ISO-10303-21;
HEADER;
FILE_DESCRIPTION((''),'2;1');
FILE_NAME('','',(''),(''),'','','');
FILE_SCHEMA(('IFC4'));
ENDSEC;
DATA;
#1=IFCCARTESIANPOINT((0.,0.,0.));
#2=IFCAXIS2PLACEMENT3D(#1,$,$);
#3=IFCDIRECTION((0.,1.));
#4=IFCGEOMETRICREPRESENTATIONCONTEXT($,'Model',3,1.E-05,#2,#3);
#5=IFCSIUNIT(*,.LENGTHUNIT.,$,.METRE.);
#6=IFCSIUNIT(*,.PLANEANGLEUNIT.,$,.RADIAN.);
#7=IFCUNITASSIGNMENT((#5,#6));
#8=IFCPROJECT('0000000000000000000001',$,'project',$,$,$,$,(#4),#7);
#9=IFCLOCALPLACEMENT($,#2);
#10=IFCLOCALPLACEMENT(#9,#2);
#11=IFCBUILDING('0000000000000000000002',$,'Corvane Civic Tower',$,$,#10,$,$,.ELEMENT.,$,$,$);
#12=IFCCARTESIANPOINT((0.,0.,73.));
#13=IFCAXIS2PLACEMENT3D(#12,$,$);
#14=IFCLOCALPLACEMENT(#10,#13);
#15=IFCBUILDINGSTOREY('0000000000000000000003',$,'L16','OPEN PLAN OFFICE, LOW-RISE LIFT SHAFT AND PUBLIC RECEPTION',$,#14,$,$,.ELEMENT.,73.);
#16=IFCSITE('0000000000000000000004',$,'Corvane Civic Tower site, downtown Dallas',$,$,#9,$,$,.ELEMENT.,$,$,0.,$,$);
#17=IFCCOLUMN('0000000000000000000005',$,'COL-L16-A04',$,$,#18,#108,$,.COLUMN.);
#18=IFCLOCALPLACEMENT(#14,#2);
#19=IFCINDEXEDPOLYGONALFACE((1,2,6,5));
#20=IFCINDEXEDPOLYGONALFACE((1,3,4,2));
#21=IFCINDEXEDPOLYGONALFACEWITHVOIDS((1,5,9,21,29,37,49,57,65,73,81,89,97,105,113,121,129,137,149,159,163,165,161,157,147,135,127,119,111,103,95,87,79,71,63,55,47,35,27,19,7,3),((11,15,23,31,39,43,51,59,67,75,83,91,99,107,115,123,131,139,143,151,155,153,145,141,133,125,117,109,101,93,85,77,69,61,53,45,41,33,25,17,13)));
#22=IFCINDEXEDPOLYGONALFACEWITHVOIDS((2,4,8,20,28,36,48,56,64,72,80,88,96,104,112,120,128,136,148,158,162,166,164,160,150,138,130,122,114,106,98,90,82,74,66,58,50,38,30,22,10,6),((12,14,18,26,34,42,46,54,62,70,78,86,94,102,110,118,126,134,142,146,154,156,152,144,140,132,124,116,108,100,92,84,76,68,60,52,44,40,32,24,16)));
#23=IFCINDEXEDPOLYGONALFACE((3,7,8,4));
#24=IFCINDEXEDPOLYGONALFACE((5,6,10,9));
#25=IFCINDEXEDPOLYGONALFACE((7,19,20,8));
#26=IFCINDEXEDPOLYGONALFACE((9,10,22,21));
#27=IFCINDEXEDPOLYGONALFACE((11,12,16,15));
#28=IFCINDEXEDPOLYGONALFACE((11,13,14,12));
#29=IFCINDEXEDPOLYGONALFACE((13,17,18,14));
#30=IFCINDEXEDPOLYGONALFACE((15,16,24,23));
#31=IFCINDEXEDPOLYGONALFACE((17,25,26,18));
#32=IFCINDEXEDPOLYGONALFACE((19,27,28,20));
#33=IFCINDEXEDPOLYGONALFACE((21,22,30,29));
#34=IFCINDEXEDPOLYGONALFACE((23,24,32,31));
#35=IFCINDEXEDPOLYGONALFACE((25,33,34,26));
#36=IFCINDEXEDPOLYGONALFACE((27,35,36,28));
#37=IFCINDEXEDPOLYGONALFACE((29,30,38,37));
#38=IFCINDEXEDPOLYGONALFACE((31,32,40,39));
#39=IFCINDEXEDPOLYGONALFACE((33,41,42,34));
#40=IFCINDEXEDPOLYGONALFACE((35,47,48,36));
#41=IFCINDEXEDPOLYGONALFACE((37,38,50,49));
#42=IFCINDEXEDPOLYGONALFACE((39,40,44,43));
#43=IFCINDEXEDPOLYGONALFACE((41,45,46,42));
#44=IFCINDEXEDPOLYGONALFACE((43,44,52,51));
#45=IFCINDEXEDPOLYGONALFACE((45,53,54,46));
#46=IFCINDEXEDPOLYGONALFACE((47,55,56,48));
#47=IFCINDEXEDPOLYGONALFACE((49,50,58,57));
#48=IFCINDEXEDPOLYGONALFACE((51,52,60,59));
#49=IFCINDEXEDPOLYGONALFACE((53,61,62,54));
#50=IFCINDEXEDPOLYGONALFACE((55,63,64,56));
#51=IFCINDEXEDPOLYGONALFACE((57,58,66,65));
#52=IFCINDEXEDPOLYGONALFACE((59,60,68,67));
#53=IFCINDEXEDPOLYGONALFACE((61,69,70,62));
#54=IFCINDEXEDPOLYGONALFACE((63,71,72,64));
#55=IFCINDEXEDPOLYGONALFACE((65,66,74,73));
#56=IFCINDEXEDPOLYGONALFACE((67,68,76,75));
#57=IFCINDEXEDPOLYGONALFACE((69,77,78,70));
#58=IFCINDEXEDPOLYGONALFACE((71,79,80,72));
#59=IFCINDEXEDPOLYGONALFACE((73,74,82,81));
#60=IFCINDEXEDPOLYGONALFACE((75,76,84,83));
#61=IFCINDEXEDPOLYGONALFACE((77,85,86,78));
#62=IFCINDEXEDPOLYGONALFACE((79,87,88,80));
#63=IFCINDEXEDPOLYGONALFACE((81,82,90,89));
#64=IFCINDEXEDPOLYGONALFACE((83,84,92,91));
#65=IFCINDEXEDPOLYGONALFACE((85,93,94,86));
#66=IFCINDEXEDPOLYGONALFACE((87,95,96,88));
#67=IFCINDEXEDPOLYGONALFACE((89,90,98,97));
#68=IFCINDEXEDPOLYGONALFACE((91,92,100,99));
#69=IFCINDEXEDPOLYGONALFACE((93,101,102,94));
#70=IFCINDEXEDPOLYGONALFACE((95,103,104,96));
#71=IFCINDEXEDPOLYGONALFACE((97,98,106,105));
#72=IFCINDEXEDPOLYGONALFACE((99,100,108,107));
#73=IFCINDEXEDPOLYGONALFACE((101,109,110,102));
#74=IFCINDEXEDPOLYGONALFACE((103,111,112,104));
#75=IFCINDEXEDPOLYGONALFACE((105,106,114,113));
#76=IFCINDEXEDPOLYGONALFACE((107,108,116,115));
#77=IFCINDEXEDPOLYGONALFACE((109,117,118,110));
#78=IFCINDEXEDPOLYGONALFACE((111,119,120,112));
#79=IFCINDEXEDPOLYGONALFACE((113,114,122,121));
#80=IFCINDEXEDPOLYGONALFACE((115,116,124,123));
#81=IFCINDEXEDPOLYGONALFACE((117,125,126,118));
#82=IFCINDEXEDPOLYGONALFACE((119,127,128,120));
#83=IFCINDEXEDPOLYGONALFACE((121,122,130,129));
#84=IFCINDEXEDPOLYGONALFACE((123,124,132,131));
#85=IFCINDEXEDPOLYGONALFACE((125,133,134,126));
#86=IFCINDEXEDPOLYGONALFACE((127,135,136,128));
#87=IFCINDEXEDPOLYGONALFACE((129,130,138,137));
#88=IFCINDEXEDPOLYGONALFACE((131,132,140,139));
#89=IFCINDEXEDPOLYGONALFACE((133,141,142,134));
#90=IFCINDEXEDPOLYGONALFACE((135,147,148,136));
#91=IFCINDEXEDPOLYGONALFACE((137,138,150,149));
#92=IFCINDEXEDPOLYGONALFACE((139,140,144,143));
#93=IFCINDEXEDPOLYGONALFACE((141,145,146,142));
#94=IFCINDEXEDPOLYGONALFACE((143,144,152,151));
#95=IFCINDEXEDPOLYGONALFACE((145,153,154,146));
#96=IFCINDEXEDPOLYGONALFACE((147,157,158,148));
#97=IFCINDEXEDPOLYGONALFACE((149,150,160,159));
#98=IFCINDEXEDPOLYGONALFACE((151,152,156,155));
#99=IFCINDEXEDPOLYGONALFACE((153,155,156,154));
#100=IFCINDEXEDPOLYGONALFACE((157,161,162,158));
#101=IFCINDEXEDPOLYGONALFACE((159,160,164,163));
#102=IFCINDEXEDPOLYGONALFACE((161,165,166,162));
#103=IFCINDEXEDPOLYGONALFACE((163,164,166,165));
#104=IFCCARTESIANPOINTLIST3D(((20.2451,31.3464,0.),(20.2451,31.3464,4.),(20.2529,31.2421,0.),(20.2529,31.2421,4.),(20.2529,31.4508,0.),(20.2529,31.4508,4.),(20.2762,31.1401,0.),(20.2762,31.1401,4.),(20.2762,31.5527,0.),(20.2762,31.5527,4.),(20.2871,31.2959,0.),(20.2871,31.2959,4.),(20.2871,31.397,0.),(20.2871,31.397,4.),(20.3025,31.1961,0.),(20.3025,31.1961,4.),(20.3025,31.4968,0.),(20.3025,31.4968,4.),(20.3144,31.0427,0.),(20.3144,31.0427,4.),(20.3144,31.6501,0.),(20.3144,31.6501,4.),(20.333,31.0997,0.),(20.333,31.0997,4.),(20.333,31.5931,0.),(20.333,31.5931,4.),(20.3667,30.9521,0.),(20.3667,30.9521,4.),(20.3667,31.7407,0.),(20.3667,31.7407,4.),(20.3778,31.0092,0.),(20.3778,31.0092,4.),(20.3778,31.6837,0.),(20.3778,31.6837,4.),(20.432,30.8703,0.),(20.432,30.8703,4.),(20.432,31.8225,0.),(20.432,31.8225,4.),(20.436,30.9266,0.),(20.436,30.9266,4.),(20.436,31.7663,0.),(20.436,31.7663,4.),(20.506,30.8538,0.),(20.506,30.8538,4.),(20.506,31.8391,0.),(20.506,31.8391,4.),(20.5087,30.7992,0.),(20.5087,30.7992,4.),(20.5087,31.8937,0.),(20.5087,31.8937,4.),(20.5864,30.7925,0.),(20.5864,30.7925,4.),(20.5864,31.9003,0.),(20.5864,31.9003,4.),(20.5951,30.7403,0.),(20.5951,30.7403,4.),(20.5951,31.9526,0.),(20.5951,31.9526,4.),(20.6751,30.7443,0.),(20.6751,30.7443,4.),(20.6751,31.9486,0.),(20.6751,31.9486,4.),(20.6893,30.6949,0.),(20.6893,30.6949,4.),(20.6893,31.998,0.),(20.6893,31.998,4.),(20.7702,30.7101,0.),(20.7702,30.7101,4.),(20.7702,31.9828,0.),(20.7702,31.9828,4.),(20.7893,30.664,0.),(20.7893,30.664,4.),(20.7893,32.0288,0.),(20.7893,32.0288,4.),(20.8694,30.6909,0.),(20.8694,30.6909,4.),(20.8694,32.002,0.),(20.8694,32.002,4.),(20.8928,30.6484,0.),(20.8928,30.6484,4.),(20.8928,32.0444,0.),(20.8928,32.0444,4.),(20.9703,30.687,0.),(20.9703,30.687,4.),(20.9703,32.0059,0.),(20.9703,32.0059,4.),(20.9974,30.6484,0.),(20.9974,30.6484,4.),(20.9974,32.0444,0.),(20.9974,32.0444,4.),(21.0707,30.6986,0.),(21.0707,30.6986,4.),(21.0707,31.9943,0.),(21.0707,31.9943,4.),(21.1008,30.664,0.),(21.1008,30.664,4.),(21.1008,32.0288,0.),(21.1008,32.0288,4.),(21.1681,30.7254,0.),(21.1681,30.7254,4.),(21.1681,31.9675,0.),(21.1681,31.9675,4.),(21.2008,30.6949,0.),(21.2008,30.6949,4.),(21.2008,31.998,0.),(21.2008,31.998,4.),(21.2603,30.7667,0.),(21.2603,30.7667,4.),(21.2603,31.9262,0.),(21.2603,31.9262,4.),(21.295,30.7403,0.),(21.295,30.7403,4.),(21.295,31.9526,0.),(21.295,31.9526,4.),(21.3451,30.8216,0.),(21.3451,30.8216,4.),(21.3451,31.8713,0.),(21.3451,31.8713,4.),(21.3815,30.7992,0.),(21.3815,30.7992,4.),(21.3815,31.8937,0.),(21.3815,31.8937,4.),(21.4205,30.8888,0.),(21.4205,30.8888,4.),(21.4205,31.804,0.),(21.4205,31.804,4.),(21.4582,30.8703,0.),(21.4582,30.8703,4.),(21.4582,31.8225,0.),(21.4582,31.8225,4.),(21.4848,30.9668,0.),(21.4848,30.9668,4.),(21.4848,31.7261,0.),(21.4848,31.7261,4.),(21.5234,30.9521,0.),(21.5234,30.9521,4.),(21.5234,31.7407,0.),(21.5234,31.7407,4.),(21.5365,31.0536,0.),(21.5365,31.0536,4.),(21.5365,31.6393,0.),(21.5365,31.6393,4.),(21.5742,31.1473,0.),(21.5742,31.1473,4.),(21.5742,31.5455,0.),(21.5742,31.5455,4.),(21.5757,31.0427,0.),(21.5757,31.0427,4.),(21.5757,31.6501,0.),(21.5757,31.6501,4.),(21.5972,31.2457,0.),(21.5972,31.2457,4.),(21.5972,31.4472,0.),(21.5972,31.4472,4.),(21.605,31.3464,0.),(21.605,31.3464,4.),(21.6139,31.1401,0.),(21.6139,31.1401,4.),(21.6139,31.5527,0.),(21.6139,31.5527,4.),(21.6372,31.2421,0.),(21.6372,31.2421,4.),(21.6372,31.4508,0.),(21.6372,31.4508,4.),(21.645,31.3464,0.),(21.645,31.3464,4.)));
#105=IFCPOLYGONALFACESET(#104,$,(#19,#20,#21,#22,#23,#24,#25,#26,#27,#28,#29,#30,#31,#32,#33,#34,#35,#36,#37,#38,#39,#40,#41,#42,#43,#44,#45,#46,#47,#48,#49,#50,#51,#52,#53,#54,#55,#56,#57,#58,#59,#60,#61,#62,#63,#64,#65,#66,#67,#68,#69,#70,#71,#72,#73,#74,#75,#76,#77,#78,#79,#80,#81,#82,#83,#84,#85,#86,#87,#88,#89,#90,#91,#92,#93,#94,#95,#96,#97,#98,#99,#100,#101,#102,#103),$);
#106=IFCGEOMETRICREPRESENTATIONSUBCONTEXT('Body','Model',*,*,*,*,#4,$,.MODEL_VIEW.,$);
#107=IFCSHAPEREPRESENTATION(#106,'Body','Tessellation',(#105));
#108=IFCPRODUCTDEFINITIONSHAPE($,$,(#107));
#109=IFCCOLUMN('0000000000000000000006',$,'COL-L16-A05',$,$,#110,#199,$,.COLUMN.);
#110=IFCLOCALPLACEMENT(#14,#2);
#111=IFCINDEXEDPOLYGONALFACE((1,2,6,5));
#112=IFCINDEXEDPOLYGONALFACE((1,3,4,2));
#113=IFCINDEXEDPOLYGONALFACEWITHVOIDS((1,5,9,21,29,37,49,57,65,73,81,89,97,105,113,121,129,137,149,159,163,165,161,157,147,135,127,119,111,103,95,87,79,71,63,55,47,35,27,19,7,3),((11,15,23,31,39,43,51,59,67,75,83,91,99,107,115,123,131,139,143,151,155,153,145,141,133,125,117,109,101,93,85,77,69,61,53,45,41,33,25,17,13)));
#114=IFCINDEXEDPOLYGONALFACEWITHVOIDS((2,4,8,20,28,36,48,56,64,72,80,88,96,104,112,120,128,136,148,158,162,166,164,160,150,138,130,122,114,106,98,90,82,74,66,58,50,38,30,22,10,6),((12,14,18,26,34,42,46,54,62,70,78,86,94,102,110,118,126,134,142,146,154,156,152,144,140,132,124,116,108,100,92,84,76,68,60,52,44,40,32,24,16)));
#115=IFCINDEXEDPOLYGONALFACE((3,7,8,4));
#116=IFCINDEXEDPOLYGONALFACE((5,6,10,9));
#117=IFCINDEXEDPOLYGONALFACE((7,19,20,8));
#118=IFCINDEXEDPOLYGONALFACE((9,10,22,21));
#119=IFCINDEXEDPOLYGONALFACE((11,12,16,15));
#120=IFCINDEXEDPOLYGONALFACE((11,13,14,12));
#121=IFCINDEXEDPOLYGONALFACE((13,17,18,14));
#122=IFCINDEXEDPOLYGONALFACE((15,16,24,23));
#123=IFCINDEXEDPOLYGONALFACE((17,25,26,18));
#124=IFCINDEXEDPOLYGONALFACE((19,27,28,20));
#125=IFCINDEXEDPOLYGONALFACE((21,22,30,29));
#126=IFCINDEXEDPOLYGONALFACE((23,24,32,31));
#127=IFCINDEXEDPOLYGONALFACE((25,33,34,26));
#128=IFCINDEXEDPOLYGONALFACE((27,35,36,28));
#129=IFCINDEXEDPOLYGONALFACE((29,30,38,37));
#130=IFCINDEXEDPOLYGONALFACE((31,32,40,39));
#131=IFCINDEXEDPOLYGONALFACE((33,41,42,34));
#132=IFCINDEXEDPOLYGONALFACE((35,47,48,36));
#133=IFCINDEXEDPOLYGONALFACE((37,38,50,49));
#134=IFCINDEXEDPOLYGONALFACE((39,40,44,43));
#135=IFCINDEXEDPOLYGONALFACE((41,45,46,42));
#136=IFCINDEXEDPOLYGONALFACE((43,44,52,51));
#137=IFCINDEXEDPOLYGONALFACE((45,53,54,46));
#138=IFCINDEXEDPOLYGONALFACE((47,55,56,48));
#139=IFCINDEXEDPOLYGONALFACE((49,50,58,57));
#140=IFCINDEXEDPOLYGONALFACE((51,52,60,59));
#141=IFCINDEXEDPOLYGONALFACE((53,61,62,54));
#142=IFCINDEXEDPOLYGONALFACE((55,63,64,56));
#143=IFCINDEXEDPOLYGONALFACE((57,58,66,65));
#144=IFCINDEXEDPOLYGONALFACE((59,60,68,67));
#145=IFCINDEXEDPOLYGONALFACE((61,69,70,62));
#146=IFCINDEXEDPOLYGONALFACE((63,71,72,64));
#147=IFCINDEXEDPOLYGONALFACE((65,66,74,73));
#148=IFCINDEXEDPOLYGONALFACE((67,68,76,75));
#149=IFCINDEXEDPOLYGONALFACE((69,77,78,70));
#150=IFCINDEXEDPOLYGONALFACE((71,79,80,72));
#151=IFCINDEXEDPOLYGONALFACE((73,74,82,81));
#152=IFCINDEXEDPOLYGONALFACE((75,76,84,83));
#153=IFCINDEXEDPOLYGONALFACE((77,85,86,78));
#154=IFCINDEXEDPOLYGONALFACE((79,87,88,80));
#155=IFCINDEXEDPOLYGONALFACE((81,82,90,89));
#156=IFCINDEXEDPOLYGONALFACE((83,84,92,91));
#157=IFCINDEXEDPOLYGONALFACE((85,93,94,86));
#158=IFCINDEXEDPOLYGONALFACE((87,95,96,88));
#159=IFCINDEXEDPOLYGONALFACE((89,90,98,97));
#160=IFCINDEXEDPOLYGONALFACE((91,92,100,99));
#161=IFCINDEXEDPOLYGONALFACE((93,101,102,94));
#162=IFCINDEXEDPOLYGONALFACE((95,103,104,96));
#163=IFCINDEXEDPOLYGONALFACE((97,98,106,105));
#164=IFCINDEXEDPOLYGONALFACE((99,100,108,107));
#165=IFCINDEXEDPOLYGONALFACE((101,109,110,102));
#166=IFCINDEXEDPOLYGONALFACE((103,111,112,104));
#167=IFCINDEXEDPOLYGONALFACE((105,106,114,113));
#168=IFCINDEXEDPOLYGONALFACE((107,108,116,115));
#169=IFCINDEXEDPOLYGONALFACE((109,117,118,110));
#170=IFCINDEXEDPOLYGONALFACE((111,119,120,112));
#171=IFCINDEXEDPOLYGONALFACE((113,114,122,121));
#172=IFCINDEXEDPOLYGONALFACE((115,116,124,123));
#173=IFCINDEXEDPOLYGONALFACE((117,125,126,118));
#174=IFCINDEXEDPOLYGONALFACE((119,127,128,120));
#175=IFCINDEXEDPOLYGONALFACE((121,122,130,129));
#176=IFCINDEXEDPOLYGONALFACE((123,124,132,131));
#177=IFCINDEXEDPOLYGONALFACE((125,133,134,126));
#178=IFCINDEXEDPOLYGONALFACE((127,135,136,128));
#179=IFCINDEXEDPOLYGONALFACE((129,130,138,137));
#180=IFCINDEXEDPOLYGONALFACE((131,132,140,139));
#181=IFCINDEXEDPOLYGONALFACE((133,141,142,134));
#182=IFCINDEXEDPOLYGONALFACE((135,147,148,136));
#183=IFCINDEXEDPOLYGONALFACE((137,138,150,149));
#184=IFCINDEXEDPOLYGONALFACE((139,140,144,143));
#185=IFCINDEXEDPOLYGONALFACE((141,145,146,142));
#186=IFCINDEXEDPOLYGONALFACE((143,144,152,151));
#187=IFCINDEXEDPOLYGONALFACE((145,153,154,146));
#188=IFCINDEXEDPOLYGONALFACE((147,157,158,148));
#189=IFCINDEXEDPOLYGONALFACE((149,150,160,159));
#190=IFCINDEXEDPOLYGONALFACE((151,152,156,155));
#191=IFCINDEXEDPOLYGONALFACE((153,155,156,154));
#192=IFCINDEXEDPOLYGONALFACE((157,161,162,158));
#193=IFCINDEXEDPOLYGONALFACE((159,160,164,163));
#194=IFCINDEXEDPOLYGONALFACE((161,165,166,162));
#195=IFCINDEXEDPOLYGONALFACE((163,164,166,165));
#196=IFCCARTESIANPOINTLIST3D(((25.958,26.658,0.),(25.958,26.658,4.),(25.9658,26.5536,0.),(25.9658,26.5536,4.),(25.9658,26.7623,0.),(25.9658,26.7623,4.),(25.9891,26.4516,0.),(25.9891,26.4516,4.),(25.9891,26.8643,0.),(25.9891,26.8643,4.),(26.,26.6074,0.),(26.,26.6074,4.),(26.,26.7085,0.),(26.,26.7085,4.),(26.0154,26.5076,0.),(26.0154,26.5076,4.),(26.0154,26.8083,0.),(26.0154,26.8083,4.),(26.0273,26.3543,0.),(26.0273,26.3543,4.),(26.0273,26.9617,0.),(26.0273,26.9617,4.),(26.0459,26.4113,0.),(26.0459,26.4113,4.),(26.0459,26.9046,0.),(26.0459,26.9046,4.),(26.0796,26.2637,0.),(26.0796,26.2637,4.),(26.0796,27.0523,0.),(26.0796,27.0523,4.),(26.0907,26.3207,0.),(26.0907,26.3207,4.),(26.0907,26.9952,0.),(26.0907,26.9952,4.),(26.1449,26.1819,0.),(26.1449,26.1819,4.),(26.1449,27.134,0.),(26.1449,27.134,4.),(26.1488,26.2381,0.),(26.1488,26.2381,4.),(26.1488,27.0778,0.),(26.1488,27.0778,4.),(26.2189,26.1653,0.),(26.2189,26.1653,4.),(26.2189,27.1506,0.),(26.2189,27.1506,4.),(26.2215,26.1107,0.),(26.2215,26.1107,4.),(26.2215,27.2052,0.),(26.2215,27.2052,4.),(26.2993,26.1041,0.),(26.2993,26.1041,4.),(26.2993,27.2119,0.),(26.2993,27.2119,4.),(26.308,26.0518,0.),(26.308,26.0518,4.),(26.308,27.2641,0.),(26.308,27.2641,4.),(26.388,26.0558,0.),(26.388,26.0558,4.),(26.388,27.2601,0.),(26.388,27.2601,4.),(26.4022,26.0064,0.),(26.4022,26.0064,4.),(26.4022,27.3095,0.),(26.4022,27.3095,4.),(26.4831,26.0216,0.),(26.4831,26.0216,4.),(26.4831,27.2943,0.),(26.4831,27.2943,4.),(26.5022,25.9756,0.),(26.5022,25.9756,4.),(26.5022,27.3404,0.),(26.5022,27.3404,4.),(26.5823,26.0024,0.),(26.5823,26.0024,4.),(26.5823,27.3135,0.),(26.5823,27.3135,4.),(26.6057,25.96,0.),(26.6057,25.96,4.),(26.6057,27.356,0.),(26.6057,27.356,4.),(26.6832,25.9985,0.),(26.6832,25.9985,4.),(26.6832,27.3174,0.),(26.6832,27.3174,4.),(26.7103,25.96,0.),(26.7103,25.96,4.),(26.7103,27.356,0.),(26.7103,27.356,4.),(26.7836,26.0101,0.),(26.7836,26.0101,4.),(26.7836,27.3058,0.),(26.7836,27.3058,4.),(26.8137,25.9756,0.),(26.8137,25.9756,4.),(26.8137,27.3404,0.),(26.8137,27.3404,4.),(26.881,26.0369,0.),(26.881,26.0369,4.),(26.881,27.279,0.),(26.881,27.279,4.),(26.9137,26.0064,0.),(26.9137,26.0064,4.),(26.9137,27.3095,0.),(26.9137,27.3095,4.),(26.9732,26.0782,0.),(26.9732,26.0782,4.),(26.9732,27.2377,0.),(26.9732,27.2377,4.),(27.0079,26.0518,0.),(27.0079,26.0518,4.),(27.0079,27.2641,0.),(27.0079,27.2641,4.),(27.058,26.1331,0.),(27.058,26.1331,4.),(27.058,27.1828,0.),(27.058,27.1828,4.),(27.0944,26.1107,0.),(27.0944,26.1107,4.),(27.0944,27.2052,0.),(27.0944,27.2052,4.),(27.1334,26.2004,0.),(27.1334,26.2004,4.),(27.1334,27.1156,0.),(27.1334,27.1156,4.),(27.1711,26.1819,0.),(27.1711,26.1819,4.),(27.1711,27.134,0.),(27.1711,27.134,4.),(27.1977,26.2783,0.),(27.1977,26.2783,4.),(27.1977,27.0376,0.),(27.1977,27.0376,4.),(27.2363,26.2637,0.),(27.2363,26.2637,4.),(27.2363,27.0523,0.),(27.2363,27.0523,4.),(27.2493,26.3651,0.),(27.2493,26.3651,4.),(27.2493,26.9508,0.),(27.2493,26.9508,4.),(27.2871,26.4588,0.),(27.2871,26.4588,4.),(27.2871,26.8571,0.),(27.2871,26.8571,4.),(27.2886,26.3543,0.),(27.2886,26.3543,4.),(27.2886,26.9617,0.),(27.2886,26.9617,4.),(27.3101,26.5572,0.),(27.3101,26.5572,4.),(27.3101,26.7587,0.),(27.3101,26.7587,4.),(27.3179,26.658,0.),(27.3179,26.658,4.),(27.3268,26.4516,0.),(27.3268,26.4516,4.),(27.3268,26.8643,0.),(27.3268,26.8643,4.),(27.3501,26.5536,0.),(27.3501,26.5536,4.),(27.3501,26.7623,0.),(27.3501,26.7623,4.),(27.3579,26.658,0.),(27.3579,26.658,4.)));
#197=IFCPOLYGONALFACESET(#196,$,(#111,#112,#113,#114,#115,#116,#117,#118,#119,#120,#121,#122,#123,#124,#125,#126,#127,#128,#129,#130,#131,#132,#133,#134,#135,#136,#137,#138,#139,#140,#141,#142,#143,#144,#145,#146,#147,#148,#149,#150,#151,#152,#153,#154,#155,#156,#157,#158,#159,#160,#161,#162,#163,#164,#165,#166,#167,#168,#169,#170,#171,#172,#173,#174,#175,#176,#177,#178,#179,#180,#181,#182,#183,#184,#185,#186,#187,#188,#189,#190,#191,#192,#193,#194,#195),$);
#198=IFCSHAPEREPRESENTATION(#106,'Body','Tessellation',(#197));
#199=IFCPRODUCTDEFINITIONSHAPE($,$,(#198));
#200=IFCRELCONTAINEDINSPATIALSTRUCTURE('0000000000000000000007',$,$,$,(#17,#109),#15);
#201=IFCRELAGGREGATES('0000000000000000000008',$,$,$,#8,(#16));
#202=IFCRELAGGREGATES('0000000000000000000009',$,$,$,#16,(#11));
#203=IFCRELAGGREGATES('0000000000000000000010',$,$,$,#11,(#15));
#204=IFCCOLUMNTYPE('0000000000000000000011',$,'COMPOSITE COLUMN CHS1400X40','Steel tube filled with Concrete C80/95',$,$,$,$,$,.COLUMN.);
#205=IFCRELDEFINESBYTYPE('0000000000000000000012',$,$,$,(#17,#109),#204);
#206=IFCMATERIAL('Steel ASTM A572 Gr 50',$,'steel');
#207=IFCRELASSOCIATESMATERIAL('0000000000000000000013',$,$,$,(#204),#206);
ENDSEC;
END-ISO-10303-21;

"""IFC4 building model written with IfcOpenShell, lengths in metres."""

from ifc_helpers import new_model, si_unit, direction, frame, origin, origin_2d, place, context, subcontext, project, spatial, hollow_circle, extrude, material, material_profile, profile_set, type_object, element, save


model = new_model("IFC4")

# Units and contexts
model_context = context("Model", 3, precision=1e-05, world=origin(), true_north=direction((0.0, 1.0)))
body_context = subcontext(model_context, "Body", "Model", "MODEL_VIEW")
ifc_project = project(units=[si_unit("LENGTHUNIT", "METRE"), si_unit("PLANEANGLEUNIT", "RADIAN")], contexts=[model_context])

# Site, building, storey
site_placement = place(None, origin())
site = spatial("IfcSite", under=ifc_project, at=site_placement, Name="Corvane Civic Tower site, downtown Dallas", CompositionType="ELEMENT", RefElevation=0.0)
building_placement = place(site_placement, origin())
building = spatial("IfcBuilding", under=site, at=building_placement, Name="Corvane Civic Tower", CompositionType="ELEMENT")
storey_placement = place(building_placement, frame((0.0, 0.0, 73.0)))
storey = spatial("IfcBuildingStorey", under=building, at=storey_placement, Name="L16", Description="OPEN PLAN OFFICE, LOW-RISE LIFT SHAFT AND PUBLIC RECEPTION", CompositionType="ELEMENT", Elevation=73.0)

# Columns
ifc_material_1 = material(Name="Steel ASTM A572 Gr 50", Category="steel")
ifc_material_profile_1 = material_profile(ifc_material_1, hollow_circle(Radius=0.7, WallThickness=0.04, at=origin_2d()), Name="CHS1400X40")
ifc_profile_set_1 = profile_set([ifc_material_profile_1], Name="Steel ASTM A572 Gr 50")
column_type = type_object("IfcColumnType", Name="COMPOSITE COLUMN CHS1400X40", Description="Steel tube filled with Concrete C80/95", PredefinedType="COLUMN", material=ifc_profile_set_1)
for number, where, z_axis, x_axis, name in (
    (1, (20.9451, 31.3464, 0.0), (0.0, 0.0, 1.0), (1.0, 0.0, 0.0), "COL-L16-A04"),
    (2, (26.658, 26.658, 0.0), (0.0, 0.0, 1.0), (1.0, 0.0, 0.0), "COL-L16-A05"),
):
    element("IfcColumn", number, at=place(storey_placement, frame(where, z_axis=z_axis, x_axis=x_axis)), inside=storey, type_object=column_type, Name=name, PredefinedType="COLUMN", context=body_context, shape_type="SweptSolid", body=[
        extrude(hollow_circle(Radius=0.7, WallThickness=0.04, at=origin_2d()), origin(), (0.0, 0.0, 1.0), 4.0),
    ])

save(model, "model.ifc")
